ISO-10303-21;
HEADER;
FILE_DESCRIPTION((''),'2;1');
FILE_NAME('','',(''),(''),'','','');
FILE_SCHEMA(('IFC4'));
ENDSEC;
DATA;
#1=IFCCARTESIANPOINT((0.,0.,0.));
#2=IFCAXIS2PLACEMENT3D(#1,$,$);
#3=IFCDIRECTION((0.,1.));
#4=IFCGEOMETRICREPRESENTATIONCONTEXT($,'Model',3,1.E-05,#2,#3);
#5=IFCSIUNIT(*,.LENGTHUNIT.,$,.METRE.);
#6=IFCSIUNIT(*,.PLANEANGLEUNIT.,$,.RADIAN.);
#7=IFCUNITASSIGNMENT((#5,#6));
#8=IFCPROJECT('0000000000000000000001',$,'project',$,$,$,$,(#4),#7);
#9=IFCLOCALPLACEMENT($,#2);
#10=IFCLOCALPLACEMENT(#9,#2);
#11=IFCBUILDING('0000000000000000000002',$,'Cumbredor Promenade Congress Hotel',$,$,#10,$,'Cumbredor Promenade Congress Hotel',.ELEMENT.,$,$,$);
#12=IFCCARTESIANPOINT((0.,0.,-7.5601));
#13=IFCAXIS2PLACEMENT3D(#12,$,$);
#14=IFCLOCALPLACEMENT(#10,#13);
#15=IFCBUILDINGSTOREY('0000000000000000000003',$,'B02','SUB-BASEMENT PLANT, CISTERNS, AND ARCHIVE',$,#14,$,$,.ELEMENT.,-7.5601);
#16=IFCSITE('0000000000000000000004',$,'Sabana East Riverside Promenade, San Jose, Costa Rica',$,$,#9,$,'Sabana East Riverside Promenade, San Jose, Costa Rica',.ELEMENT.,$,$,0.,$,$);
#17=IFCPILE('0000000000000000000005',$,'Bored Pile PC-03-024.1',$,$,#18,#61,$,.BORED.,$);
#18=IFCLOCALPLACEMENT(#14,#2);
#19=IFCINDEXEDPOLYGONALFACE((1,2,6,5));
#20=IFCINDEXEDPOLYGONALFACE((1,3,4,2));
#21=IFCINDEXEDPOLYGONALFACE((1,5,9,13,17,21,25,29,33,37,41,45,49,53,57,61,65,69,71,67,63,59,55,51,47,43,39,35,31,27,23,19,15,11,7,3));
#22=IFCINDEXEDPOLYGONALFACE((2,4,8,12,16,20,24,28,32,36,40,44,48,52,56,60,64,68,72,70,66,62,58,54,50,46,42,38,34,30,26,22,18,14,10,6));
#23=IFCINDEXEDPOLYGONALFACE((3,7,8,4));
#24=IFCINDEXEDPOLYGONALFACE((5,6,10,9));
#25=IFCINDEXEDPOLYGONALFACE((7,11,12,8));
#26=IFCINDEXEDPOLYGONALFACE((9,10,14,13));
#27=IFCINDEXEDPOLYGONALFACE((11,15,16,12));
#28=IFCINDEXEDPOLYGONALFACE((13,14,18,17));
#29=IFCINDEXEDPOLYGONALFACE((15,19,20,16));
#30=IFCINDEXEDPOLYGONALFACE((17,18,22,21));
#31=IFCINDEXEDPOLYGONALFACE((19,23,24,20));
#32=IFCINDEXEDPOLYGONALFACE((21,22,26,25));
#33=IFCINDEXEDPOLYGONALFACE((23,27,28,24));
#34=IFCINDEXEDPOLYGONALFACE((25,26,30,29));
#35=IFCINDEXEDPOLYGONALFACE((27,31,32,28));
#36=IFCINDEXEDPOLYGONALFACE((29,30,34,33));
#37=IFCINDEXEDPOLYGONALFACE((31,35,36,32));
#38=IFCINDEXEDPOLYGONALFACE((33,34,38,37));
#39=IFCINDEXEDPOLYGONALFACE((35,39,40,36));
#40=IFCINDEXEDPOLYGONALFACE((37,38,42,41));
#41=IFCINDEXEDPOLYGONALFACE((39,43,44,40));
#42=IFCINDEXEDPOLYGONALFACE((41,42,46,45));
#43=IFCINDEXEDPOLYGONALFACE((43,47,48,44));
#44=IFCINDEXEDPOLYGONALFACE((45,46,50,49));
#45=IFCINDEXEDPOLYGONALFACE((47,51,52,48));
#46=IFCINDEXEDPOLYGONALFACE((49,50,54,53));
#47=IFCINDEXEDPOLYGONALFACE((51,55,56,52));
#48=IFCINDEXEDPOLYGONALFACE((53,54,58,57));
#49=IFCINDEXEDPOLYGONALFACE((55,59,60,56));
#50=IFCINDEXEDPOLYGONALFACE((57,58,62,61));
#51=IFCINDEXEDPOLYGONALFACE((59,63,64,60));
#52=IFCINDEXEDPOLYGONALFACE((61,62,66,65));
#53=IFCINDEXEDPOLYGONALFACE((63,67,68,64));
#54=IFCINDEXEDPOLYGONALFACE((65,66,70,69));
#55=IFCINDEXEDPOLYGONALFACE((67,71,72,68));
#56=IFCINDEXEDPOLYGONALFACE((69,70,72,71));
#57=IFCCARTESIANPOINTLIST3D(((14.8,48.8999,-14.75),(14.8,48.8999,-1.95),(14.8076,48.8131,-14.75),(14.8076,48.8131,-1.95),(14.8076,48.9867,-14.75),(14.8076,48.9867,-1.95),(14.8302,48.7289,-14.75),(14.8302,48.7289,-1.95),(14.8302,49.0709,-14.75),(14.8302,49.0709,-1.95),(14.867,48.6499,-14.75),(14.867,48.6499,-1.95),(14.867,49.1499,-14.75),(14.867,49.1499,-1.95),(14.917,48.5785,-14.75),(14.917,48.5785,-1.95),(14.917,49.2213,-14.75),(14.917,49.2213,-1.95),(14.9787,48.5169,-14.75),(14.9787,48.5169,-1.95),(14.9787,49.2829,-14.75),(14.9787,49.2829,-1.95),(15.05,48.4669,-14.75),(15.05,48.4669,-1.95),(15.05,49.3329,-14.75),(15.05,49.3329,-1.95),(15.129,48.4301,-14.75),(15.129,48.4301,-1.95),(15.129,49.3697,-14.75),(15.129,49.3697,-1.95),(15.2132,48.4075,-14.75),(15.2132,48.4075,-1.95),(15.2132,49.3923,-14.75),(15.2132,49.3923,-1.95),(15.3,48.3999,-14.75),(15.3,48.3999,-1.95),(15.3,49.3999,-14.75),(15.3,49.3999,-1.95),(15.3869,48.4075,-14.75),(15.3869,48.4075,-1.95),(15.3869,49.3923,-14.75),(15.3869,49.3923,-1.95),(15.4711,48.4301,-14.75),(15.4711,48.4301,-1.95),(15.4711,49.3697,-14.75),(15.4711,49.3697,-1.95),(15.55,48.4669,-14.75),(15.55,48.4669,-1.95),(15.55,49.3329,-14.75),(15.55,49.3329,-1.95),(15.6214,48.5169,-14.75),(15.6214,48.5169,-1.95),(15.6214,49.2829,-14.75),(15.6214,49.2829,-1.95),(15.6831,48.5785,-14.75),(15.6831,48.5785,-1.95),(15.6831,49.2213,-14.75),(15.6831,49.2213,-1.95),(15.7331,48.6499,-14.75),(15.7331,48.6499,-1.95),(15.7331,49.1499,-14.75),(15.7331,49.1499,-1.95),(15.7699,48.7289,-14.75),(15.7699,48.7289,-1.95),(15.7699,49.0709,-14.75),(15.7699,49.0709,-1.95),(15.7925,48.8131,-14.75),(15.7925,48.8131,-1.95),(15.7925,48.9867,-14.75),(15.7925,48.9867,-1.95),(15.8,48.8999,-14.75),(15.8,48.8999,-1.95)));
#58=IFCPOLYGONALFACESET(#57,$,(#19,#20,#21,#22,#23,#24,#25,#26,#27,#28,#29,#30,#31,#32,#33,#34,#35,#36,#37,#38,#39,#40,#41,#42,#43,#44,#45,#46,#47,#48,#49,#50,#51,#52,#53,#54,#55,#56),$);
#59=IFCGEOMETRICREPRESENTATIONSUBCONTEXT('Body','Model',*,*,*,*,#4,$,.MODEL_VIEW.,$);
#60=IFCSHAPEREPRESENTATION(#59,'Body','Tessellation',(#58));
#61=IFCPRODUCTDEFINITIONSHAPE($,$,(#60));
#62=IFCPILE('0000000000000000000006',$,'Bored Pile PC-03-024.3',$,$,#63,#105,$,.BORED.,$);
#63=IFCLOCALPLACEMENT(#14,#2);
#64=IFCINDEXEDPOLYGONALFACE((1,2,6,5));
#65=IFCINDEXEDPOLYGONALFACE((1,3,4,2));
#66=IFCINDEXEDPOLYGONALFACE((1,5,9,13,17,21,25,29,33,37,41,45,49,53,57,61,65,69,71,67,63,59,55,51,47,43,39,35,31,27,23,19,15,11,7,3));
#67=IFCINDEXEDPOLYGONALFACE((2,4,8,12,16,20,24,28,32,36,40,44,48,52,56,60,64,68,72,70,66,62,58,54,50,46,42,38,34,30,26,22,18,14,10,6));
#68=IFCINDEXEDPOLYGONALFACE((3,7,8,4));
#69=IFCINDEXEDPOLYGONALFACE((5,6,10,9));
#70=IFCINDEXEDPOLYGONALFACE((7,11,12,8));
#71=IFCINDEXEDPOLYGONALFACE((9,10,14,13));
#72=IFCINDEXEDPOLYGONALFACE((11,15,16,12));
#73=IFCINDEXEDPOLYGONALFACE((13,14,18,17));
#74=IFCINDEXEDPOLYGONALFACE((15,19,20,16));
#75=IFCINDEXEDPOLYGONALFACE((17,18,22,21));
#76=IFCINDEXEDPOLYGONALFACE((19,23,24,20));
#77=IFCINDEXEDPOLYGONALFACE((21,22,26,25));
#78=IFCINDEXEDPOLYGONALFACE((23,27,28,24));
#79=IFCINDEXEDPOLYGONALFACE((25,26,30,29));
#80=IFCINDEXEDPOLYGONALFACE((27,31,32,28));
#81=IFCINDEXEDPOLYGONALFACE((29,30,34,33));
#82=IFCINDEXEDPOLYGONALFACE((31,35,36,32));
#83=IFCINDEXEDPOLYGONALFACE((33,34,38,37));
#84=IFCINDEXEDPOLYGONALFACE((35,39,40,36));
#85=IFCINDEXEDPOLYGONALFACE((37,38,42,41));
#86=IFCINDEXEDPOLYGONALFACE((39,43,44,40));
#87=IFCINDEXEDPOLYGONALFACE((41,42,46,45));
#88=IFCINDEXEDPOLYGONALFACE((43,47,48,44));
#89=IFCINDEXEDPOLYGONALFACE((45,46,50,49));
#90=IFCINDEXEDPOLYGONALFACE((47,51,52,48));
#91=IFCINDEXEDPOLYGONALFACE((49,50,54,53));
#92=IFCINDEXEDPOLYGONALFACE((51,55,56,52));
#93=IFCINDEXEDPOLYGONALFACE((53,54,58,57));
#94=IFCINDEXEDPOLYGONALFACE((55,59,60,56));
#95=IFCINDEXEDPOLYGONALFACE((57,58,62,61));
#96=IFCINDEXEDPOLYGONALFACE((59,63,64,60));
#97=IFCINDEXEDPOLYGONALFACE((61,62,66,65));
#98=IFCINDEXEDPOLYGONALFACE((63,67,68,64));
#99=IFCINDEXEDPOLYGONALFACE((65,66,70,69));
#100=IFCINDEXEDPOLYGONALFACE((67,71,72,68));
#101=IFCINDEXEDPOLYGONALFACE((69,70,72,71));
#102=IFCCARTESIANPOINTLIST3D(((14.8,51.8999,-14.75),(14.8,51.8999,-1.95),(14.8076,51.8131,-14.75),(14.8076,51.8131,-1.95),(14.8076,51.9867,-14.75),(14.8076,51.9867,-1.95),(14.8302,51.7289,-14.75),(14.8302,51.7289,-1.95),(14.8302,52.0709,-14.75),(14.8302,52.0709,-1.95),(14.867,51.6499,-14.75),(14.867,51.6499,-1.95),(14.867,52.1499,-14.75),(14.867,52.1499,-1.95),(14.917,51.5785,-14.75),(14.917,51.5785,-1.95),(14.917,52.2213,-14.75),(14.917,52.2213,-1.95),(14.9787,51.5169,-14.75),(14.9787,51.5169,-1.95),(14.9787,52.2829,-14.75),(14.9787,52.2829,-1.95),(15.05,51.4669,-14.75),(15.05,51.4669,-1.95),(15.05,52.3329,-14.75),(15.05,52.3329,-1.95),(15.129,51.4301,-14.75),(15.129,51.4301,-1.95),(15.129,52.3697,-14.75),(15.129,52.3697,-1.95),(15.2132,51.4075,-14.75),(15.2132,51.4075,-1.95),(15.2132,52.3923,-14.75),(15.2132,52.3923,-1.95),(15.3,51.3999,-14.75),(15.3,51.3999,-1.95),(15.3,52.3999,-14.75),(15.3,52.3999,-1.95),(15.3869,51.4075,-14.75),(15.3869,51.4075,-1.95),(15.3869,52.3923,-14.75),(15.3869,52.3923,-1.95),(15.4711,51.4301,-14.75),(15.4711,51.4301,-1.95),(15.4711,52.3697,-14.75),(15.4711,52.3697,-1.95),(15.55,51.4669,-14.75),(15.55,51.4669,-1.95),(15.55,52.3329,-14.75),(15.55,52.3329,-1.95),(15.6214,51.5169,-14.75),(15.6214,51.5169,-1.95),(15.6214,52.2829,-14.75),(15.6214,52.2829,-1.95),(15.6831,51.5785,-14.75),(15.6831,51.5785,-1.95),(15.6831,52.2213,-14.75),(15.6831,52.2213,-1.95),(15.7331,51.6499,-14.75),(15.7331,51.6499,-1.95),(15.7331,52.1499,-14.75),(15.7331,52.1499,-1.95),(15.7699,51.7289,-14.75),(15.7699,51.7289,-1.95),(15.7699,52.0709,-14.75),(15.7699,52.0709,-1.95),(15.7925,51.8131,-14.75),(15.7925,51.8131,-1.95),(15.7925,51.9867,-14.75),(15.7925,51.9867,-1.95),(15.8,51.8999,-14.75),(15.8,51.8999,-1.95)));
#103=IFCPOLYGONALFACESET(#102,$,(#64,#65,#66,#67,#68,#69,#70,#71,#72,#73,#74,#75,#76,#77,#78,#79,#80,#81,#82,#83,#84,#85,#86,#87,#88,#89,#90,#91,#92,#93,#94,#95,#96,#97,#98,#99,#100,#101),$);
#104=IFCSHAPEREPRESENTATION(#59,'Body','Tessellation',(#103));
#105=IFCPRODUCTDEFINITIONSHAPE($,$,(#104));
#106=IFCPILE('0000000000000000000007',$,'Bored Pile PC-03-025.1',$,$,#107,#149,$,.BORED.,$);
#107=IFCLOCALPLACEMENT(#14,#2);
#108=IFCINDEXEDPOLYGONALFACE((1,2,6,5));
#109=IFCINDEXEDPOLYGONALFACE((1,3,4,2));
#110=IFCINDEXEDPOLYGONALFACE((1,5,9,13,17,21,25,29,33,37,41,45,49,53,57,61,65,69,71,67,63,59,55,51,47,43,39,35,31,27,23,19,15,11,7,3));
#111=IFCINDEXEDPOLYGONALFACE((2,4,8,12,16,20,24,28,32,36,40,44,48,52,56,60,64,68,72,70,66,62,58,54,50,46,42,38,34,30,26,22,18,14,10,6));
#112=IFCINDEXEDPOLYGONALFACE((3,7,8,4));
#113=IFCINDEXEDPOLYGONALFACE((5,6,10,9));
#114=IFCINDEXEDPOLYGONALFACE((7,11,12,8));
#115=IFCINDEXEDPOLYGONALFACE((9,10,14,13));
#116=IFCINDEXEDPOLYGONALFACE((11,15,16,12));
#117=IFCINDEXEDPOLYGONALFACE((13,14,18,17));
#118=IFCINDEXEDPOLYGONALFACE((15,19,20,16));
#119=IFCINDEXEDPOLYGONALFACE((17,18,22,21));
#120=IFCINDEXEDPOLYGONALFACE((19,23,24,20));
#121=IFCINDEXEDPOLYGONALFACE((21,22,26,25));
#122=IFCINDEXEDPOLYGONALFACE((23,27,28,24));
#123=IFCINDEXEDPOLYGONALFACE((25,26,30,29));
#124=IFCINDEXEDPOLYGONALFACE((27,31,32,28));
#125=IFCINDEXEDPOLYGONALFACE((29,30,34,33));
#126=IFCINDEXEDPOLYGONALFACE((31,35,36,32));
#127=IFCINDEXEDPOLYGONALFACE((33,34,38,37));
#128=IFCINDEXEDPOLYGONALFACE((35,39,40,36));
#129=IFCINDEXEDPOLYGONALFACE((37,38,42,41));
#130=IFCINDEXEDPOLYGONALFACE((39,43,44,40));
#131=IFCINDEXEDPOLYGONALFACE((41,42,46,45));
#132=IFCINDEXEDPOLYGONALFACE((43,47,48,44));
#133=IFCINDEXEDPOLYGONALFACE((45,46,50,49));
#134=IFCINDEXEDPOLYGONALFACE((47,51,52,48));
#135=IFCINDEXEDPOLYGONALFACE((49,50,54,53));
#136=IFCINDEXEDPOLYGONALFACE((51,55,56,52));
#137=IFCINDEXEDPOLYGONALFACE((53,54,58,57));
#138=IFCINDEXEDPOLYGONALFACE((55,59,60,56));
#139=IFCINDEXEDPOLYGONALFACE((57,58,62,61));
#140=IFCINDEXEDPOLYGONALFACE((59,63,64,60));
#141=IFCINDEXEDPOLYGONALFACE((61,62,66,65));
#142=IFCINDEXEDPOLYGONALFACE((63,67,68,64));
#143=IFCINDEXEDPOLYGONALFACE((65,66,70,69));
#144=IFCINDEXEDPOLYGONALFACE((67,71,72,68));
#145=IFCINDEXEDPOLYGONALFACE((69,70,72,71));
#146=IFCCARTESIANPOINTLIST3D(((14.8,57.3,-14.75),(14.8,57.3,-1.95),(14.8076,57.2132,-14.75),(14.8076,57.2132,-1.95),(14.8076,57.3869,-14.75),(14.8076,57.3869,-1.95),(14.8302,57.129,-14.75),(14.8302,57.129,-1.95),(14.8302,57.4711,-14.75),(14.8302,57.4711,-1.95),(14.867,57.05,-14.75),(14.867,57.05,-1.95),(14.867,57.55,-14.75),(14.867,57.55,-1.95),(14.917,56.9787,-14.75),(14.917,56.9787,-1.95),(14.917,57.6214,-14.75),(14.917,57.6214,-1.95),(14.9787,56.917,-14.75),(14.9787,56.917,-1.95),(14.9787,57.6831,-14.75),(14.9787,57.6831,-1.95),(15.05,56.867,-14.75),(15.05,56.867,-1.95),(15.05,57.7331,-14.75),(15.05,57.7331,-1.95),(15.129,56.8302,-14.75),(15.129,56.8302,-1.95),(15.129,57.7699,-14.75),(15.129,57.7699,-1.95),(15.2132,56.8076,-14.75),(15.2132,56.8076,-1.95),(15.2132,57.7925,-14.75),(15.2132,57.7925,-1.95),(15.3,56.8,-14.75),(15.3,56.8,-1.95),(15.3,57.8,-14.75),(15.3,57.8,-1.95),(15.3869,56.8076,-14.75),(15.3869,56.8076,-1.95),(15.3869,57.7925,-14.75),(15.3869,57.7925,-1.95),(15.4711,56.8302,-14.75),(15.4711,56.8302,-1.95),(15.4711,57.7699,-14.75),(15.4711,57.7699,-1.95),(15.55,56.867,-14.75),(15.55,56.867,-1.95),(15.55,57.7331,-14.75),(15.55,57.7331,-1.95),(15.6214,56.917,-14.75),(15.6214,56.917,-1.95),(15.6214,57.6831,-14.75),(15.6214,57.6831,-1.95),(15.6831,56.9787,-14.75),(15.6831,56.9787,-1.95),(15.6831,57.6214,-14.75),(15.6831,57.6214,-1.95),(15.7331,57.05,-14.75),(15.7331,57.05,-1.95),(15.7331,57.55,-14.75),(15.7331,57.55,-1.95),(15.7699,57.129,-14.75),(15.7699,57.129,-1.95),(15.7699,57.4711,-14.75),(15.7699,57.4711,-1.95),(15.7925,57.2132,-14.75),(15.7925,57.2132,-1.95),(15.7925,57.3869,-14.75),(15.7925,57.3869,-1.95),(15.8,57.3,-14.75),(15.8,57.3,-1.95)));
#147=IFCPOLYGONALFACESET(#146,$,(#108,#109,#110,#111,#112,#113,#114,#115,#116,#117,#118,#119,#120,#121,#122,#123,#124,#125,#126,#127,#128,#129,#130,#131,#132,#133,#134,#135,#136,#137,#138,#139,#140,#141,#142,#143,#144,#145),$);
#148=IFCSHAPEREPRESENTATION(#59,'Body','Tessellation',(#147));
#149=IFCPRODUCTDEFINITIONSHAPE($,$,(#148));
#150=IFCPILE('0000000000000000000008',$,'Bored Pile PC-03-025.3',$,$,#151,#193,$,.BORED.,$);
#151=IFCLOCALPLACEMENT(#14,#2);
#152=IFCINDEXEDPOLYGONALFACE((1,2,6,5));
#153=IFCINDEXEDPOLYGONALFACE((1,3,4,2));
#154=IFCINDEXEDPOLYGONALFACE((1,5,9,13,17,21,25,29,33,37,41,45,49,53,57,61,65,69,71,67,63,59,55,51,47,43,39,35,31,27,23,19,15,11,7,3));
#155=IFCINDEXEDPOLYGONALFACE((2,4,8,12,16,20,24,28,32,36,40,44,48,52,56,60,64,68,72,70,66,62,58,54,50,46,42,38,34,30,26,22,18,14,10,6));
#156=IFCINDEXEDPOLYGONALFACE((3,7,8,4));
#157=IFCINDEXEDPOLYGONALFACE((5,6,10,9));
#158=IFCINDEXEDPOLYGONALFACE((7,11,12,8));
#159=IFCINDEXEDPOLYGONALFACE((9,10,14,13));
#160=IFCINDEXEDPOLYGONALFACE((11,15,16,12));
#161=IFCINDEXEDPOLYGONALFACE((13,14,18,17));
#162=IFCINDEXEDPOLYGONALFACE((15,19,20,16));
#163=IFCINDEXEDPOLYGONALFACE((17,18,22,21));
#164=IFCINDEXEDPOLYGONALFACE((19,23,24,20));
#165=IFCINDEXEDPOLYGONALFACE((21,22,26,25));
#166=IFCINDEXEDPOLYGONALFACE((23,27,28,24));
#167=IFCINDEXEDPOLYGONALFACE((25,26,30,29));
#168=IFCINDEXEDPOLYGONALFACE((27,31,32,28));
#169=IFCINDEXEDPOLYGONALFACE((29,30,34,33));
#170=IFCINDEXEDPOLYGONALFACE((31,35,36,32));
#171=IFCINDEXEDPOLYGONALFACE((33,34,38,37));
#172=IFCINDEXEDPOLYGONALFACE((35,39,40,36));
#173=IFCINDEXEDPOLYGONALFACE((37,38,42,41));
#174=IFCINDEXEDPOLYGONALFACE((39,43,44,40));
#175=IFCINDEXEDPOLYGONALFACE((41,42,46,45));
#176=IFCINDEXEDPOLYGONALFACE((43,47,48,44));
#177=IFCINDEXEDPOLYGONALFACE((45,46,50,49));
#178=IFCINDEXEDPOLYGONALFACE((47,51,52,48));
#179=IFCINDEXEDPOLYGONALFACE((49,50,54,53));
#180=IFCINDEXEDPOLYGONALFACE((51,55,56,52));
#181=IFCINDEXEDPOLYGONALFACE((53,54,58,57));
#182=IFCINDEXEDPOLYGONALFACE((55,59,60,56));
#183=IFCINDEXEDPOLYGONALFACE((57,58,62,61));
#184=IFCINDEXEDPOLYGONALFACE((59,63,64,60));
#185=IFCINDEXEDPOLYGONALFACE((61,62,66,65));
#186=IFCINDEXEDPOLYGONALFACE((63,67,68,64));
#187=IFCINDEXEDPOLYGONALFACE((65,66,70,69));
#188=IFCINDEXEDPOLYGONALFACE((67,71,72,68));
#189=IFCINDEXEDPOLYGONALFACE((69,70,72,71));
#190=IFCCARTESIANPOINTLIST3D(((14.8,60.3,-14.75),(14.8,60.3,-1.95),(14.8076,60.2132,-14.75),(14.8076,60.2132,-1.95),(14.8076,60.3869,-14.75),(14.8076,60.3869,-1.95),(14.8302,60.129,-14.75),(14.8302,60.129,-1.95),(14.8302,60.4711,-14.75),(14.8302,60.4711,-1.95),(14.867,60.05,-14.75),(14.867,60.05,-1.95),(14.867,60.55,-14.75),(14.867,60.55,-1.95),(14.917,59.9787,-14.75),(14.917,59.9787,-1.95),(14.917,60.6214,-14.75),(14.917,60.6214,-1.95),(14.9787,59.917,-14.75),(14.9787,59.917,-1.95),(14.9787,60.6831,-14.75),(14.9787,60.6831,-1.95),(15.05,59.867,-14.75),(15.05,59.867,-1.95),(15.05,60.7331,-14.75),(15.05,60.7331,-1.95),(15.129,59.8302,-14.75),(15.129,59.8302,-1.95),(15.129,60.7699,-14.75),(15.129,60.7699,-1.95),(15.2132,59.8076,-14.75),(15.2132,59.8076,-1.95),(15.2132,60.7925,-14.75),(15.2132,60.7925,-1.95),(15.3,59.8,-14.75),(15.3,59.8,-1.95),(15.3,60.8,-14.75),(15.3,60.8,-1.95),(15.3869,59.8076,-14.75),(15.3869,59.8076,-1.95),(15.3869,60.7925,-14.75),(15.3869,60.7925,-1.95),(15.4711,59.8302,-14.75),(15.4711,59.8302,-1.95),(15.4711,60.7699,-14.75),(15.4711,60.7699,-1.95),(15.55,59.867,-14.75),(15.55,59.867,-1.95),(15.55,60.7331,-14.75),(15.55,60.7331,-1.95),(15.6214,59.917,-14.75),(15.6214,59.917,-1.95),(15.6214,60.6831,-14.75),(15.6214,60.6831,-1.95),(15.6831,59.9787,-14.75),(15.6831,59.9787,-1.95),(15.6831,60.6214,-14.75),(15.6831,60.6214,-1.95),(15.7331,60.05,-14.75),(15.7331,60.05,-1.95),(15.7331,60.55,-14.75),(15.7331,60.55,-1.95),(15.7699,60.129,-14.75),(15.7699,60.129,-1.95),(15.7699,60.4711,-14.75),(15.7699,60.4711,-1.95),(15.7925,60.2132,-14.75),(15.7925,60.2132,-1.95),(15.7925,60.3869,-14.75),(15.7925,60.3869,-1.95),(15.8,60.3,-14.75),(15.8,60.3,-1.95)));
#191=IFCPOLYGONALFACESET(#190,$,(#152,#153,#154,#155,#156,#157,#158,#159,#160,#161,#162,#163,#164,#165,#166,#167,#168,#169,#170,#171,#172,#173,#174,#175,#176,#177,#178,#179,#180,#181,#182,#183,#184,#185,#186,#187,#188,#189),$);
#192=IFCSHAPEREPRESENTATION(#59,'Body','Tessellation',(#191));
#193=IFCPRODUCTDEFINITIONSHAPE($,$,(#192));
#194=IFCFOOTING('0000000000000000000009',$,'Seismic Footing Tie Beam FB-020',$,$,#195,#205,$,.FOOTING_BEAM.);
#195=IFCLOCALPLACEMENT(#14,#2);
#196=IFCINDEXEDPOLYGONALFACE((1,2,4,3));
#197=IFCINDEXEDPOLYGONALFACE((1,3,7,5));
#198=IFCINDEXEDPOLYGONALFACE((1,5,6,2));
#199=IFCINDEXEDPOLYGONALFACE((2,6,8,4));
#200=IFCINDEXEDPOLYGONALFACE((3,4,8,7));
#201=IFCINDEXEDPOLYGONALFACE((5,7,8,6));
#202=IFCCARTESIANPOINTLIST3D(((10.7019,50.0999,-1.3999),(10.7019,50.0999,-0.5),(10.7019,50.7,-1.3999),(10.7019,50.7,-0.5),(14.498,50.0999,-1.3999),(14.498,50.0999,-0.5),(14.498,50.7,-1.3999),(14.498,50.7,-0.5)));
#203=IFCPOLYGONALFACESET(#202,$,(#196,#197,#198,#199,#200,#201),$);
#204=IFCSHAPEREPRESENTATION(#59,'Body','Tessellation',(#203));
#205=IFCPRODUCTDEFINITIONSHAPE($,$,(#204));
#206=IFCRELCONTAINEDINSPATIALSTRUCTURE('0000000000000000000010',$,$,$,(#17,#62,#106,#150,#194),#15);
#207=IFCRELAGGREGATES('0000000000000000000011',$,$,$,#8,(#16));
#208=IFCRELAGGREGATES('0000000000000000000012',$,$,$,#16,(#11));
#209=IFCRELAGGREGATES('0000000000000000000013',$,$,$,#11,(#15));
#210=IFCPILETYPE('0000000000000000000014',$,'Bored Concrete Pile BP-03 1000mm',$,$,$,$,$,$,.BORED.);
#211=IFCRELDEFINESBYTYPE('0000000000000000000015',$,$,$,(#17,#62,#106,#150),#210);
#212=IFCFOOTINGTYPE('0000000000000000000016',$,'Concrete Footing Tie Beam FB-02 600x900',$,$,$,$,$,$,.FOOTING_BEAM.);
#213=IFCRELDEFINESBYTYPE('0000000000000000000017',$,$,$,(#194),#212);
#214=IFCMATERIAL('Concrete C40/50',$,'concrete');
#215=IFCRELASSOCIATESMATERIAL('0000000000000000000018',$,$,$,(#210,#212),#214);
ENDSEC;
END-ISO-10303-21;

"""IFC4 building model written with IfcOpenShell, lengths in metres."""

from ifc_helpers import new_model, si_unit, direction, frame, origin, origin_2d, place, context, subcontext, project, spatial, rectangle, circle, extrude, material, material_profile, profile_set, type_object, element, save


model = new_model("IFC4")

# Units and contexts
model_context = context("Model", 3, precision=1e-05, world=origin(), true_north=direction((0.0, 1.0)))
body_context = subcontext(model_context, "Body", "Model", "MODEL_VIEW")
ifc_project = project(units=[si_unit("LENGTHUNIT", "METRE"), si_unit("PLANEANGLEUNIT", "RADIAN")], contexts=[model_context])

# Site, building, storey
site_placement = place(None, origin())
site = spatial("IfcSite", under=ifc_project, at=site_placement, Name="Sabana East Riverside Promenade, San Jose, Costa Rica", LongName="Sabana East Riverside Promenade, San Jose, Costa Rica", CompositionType="ELEMENT", RefElevation=0.0)
building_placement = place(site_placement, origin())
building = spatial("IfcBuilding", under=site, at=building_placement, Name="Cumbredor Promenade Congress Hotel", LongName="Cumbredor Promenade Congress Hotel", CompositionType="ELEMENT")
storey_placement = place(building_placement, frame((0.0, 0.0, -7.5601)))
storey = spatial("IfcBuildingStorey", under=building, at=storey_placement, Name="B02", Description="SUB-BASEMENT PLANT, CISTERNS, AND ARCHIVE", CompositionType="ELEMENT", Elevation=-7.5601)

# Piles
ifc_material_1 = material(Name="Concrete C40/50", Category="concrete")
ifc_material_profile_1 = material_profile(ifc_material_1, circle(Radius=0.5, at=origin_2d()), Name="PILE D1000")
ifc_profile_set_1 = profile_set([ifc_material_profile_1], Name="Concrete C40/50")
pile_type = type_object("IfcPileType", Name="Bored Concrete Pile BP-03 1000mm", PredefinedType="BORED", material=ifc_profile_set_1)
for number, where, z_axis, x_axis, name in (
    (1, (15.3, 48.8999, -1.95), (0.0, 0.0, -1.0), (1.0, 0.0, 0.0), "Bored Pile PC-03-024.1"),
    (2, (15.3, 51.8999, -1.95), (0.0, 0.0, -1.0), (1.0, 0.0, 0.0), "Bored Pile PC-03-024.3"),
    (3, (15.3, 57.3, -1.95), (0.0, 0.0, -1.0), (1.0, 0.0, 0.0), "Bored Pile PC-03-025.1"),
    (4, (15.3, 60.3, -1.95), (0.0, 0.0, -1.0), (1.0, 0.0, 0.0), "Bored Pile PC-03-025.3"),
):
    element("IfcPile", number, at=place(storey_placement, frame(where, z_axis=z_axis, x_axis=x_axis)), inside=storey, type_object=pile_type, Name=name, PredefinedType="BORED", context=body_context, shape_type="SweptSolid", body=[
        extrude(circle(Radius=0.5, at=origin_2d()), origin(), (0.0, 0.0, 1.0), 12.8),
    ])

# Footing
ifc_material_profile_2 = material_profile(ifc_material_1, rectangle(XDim=0.6001, YDim=0.8999, at=origin_2d()), Name="FB 600x900")
ifc_profile_set_2 = profile_set([ifc_material_profile_2], Name="Concrete C40/50")
footing_type_1 = type_object("IfcFootingType", Name="Concrete Footing Tie Beam FB-02 600x900", PredefinedType="FOOTING_BEAM", material=ifc_profile_set_2)
for number, where, z_axis, x_axis, name in (
    (5, (10.7019, 50.3999, -0.95), (1.0, 0.0, 0.0), (0.0, 1.0, 0.0), "Seismic Footing Tie Beam FB-020"),
):
    element("IfcFooting", number, at=place(storey_placement, frame(where, z_axis=z_axis, x_axis=x_axis)), inside=storey, type_object=footing_type_1, Name=name, PredefinedType="FOOTING_BEAM", context=body_context, shape_type="SweptSolid", body=[
        extrude(rectangle(XDim=0.6001, YDim=0.8999, at=origin_2d()), origin(), (0.0, 0.0, 1.0), 3.7961),
    ])

save(model, "model.ifc")
